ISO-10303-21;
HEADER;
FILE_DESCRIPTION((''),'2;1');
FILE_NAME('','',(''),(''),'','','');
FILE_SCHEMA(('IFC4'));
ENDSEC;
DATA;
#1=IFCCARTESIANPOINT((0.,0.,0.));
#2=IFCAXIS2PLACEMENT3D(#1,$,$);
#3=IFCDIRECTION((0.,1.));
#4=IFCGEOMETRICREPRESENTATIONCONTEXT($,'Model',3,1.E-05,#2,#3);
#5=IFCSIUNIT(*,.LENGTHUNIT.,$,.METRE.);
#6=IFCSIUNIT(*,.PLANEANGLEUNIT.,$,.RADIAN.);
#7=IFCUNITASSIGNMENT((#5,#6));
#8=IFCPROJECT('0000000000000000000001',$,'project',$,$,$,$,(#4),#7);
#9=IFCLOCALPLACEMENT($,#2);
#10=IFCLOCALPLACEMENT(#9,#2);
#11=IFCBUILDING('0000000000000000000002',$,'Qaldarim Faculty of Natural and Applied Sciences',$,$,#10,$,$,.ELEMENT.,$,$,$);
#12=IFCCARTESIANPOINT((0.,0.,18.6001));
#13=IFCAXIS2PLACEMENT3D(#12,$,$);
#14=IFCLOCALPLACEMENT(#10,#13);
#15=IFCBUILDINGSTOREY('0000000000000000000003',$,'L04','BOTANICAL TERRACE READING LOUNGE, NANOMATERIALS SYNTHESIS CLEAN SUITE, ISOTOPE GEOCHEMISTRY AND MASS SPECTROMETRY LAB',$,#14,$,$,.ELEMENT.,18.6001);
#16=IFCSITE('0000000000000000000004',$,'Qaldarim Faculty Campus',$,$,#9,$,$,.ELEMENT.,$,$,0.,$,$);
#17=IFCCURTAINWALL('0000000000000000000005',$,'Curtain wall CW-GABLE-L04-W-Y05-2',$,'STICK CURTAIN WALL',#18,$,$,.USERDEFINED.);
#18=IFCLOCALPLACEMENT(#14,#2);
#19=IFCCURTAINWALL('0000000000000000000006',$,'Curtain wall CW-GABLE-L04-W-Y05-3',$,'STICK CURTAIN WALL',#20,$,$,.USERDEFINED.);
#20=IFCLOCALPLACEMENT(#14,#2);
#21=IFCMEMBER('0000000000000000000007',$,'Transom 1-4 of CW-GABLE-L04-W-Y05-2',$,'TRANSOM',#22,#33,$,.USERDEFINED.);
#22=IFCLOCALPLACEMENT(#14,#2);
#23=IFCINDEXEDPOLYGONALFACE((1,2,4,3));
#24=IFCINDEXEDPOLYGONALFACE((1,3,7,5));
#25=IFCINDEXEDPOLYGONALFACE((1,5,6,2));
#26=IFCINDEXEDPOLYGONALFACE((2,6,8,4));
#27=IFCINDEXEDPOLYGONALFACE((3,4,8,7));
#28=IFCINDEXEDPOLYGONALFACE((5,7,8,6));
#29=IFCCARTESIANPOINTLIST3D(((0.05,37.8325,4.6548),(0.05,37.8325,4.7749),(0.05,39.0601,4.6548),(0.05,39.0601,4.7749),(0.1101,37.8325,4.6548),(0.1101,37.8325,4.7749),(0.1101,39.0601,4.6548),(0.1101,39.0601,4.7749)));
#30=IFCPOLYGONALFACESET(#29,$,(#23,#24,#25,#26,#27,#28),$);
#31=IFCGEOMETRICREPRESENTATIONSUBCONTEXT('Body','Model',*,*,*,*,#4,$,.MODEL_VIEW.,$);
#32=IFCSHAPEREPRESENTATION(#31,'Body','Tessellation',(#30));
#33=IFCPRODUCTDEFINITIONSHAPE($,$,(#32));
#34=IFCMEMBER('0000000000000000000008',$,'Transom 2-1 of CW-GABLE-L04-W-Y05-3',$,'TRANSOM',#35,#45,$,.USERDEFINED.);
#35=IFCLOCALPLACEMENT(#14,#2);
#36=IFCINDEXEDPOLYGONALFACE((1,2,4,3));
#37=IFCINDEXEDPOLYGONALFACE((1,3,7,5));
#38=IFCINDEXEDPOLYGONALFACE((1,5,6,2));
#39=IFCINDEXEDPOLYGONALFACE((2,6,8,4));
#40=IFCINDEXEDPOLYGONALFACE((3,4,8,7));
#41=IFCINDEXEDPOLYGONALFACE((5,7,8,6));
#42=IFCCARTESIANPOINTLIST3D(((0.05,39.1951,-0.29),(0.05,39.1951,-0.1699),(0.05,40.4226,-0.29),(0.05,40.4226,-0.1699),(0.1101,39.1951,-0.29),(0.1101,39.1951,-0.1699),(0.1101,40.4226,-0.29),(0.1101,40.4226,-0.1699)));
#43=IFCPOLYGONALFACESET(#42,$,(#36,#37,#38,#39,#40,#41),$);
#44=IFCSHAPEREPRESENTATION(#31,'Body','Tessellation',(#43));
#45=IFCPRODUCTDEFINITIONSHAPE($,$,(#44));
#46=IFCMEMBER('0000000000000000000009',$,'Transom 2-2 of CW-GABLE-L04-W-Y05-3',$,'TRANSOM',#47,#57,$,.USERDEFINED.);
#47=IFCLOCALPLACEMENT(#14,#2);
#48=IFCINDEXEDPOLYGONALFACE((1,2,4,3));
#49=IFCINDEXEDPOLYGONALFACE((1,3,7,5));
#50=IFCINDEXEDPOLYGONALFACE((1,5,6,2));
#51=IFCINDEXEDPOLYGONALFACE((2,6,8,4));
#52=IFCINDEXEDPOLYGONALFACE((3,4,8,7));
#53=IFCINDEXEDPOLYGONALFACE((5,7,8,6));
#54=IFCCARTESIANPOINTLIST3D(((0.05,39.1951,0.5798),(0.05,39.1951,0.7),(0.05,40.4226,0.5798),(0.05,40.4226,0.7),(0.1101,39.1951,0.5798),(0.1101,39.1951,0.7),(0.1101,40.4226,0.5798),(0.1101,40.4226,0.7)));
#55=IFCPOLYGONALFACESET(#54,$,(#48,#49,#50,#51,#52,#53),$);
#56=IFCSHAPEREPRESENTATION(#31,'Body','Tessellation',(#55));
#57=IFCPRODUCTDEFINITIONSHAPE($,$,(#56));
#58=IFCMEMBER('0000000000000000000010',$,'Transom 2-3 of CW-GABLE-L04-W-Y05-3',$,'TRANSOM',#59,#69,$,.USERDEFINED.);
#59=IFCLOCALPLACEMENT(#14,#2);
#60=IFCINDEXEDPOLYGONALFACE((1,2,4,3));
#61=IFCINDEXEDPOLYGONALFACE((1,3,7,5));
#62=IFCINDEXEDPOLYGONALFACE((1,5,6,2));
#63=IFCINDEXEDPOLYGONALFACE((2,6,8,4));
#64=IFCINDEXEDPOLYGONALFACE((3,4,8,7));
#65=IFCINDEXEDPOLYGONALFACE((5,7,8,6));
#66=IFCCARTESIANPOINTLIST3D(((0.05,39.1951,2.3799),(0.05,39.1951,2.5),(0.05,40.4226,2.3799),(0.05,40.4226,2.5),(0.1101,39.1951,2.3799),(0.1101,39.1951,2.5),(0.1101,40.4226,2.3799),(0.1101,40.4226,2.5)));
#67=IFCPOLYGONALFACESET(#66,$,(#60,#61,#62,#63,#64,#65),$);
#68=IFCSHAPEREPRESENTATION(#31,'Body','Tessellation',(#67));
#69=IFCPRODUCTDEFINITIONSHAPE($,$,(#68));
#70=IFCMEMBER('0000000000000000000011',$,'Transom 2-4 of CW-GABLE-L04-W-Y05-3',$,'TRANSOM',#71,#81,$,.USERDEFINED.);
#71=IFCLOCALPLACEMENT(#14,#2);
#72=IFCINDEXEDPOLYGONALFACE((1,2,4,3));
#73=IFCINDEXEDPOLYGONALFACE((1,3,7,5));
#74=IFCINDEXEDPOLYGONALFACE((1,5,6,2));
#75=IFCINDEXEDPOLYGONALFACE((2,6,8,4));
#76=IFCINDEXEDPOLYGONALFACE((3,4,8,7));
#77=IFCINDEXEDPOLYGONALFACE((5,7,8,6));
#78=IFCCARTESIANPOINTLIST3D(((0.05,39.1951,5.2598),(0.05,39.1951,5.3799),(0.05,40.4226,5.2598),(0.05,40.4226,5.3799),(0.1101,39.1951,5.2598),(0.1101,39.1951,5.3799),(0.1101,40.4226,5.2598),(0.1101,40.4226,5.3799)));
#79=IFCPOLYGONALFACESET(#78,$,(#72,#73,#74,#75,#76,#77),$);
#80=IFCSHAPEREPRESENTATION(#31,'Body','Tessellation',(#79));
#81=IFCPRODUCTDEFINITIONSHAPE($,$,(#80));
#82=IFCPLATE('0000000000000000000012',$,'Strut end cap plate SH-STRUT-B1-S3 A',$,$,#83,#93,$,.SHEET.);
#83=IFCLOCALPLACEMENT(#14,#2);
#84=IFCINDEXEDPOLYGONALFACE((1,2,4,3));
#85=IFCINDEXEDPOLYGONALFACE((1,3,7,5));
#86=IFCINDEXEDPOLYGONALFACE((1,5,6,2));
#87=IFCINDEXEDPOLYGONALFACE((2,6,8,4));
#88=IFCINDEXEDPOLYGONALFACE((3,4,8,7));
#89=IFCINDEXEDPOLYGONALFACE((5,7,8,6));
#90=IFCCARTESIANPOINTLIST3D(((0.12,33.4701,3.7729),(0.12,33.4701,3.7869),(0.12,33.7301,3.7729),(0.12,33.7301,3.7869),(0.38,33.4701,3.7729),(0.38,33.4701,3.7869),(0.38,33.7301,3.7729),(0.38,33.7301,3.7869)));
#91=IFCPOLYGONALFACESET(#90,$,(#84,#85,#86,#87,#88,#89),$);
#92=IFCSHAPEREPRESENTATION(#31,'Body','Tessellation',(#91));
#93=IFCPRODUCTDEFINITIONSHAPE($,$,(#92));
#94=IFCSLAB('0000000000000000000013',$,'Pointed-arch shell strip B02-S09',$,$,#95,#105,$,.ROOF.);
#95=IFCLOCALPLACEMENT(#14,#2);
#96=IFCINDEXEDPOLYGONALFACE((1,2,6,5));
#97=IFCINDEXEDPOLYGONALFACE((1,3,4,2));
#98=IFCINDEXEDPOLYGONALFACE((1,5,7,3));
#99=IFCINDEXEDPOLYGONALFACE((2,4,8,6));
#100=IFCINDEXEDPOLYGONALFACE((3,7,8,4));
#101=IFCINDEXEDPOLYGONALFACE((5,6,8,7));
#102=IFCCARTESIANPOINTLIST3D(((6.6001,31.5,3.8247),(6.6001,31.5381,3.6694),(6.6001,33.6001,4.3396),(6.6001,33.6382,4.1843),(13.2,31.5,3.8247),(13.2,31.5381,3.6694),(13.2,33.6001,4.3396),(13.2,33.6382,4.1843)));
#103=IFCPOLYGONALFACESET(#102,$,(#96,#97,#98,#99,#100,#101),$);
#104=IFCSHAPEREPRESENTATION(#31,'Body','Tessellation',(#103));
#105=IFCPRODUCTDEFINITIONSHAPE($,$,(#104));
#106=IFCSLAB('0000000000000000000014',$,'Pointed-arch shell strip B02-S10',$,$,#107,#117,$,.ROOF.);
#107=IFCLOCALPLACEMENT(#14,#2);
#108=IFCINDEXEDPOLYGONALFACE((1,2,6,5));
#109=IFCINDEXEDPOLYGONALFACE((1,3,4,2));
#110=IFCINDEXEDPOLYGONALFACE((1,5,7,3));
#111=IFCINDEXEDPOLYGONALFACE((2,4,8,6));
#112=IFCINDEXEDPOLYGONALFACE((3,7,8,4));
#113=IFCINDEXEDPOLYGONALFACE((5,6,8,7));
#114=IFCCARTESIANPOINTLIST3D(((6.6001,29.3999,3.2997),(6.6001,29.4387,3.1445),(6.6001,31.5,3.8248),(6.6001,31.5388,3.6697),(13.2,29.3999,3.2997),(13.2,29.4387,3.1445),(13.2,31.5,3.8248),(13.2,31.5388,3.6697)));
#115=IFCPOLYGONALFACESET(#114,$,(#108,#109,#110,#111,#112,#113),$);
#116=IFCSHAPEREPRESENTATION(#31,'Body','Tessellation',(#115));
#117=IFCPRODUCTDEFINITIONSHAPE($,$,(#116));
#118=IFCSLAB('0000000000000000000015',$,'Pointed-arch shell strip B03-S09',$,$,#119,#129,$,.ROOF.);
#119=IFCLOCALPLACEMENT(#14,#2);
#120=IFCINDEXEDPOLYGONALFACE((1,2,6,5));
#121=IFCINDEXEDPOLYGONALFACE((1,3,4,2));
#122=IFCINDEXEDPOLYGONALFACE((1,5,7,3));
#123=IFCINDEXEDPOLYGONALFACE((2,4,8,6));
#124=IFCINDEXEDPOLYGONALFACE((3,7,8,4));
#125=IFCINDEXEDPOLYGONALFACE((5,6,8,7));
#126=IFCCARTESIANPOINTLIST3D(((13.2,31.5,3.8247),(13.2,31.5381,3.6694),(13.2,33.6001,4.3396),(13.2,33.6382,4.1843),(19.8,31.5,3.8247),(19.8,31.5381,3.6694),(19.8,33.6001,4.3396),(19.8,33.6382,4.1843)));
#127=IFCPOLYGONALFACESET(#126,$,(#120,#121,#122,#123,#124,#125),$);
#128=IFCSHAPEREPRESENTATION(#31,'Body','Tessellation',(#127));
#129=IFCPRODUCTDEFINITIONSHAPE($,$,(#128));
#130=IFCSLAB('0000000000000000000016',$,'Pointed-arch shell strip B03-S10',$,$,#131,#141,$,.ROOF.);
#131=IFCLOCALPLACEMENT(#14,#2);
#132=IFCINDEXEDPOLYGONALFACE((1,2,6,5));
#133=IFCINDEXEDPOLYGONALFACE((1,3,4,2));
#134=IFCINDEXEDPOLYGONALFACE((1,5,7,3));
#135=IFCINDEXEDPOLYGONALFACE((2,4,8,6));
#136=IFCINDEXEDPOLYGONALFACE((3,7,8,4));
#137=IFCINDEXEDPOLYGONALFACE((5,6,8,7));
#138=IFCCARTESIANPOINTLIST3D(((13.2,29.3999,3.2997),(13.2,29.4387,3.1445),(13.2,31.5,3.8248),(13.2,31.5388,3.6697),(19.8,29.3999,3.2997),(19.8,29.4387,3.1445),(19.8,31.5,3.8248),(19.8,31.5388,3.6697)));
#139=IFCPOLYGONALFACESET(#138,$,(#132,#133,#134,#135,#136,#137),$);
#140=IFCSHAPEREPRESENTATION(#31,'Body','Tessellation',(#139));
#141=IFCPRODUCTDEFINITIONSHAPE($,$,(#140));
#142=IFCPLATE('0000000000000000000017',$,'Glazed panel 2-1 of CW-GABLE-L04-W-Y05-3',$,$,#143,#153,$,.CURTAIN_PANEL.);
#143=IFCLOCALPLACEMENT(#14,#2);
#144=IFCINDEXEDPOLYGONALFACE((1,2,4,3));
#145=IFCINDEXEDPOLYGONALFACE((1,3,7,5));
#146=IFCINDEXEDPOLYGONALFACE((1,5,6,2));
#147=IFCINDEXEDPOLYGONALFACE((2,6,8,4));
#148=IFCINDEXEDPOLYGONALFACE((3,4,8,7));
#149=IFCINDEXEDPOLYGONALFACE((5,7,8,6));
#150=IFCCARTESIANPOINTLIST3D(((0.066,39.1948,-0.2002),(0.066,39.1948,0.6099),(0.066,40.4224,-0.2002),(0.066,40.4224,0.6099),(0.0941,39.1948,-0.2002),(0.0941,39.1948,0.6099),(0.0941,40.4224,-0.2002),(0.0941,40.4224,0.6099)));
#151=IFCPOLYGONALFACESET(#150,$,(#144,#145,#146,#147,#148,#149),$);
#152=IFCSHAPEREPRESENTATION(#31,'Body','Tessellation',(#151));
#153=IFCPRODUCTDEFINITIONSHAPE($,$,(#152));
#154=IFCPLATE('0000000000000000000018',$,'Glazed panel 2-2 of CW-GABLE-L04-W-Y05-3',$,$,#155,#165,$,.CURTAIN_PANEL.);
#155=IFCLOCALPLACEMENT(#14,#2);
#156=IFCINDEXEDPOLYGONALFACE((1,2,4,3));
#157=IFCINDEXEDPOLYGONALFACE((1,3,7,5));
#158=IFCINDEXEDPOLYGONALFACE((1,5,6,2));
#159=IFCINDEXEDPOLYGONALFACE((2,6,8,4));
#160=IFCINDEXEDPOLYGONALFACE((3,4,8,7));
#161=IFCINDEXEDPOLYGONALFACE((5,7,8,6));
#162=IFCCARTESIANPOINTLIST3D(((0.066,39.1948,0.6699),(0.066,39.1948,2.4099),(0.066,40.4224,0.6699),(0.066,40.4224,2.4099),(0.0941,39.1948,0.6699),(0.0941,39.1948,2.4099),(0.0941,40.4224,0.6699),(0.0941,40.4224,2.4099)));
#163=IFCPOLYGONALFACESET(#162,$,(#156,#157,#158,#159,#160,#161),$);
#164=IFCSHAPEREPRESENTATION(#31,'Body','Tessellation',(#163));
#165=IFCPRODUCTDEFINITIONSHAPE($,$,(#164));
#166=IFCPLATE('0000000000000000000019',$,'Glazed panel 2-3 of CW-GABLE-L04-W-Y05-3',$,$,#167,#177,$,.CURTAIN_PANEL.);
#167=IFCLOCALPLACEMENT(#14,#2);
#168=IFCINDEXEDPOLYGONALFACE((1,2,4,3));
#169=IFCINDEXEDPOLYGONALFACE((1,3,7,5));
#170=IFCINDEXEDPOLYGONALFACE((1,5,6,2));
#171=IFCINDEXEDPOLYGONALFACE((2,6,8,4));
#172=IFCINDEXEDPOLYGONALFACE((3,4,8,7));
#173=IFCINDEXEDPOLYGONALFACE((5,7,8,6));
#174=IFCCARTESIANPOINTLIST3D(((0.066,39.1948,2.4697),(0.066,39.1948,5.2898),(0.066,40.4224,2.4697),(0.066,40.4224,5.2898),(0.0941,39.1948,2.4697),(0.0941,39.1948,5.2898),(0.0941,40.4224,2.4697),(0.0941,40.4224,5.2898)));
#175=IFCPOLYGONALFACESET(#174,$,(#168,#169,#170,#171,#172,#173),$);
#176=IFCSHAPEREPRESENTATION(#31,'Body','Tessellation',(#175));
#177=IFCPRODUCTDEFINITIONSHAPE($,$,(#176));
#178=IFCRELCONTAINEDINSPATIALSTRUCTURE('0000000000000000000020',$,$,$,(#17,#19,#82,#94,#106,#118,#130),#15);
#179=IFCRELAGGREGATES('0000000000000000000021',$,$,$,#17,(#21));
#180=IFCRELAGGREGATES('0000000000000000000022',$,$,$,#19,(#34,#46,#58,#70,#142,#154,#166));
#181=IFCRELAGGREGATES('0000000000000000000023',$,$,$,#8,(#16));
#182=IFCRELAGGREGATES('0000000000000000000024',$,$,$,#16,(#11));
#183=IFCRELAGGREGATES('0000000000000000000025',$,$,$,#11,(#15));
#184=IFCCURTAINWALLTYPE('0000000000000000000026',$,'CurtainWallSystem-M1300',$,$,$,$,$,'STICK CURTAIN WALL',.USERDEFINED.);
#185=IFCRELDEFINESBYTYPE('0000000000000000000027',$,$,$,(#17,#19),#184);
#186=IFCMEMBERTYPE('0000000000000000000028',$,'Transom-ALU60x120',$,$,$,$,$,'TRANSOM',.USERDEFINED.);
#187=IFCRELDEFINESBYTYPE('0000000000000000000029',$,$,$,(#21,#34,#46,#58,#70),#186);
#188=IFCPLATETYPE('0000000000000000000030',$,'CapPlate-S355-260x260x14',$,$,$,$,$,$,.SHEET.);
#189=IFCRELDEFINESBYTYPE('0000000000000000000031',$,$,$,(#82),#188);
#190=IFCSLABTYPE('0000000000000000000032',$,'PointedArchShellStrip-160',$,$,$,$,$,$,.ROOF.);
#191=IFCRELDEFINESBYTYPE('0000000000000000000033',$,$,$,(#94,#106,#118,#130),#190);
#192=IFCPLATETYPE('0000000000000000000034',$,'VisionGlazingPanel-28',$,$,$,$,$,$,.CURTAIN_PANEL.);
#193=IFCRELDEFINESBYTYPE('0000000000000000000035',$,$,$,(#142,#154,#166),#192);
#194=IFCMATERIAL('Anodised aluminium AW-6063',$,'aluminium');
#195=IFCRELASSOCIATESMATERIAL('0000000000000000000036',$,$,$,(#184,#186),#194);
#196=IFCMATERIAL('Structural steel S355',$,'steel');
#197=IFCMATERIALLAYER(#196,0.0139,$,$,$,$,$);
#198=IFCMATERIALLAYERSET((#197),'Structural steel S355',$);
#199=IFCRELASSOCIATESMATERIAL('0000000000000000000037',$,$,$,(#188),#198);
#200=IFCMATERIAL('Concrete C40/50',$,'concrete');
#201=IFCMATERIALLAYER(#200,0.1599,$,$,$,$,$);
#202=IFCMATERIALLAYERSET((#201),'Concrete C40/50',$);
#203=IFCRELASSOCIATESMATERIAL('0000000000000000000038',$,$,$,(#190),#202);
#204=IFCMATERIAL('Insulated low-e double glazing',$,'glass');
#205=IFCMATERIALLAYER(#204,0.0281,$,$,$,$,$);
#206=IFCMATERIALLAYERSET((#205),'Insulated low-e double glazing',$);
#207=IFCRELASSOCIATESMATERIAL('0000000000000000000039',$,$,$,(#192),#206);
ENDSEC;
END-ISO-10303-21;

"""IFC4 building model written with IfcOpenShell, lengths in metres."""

from ifc_helpers import new_model, si_unit, direction, frame, origin, origin_2d, place, context, subcontext, project, spatial, polyline, rectangle, outline, extrude, material, layer, layer_set, material_profile, profile_set, type_object, element, aggregate, save


model = new_model("IFC4")

# Units and contexts
model_context = context("Model", 3, precision=1e-05, world=origin(), true_north=direction((0.0, 1.0)))
body_context = subcontext(model_context, "Body", "Model", "MODEL_VIEW")
ifc_project = project(units=[si_unit("LENGTHUNIT", "METRE"), si_unit("PLANEANGLEUNIT", "RADIAN")], contexts=[model_context])

# Site, building, storey
site_placement = place(None, origin())
site = spatial("IfcSite", under=ifc_project, at=site_placement, Name="Qaldarim Faculty Campus", CompositionType="ELEMENT", RefElevation=0.0)
building_placement = place(site_placement, origin())
building = spatial("IfcBuilding", under=site, at=building_placement, Name="Qaldarim Faculty of Natural and Applied Sciences", CompositionType="ELEMENT")
storey_placement = place(building_placement, frame((0.0, 0.0, 18.6001)))
storey = spatial("IfcBuildingStorey", under=building, at=storey_placement, Name="L04", Description="BOTANICAL TERRACE READING LOUNGE, NANOMATERIALS SYNTHESIS CLEAN SUITE, ISOTOPE GEOCHEMISTRY AND MASS SPECTROMETRY LAB", CompositionType="ELEMENT", Elevation=18.6001)

# Curtain wall
ifc_material_1 = material(Name="Anodised aluminium AW-6063", Category="aluminium")
curtain_wall_type = type_object("IfcCurtainWallType", Name="CurtainWallSystem-M1300", ElementType="STICK CURTAIN WALL", PredefinedType="USERDEFINED", material=ifc_material_1)
curtain_wall_1_placement = place(storey_placement, origin())
curtain_wall_1 = element("IfcCurtainWall", 1, at=curtain_wall_1_placement, inside=storey, type_object=curtain_wall_type, Name="Curtain wall CW-GABLE-L04-W-Y05-2", ObjectType="STICK CURTAIN WALL", PredefinedType="USERDEFINED")

# Curtain wall
curtain_wall_2_placement = place(storey_placement, origin())
curtain_wall_2 = element("IfcCurtainWall", 2, at=curtain_wall_2_placement, inside=storey, type_object=curtain_wall_type, Name="Curtain wall CW-GABLE-L04-W-Y05-3", ObjectType="STICK CURTAIN WALL", PredefinedType="USERDEFINED")

# Members
ifc_material_2 = material(Name="Structural steel S355", Category="steel")
ifc_material_profile_1 = material_profile(ifc_material_1, rectangle(XDim=0.0601, YDim=0.1201, at=origin_2d()), Name="ALU-T60x120")
ifc_profile_set_1 = profile_set([ifc_material_profile_1], Name="Anodised aluminium AW-6063")
member_type_1 = type_object("IfcMemberType", Name="Transom-ALU60x120", ElementType="TRANSOM", PredefinedType="USERDEFINED", material=ifc_profile_set_1)
member_1_placement = place(storey_placement, frame((0.0801, 39.0601, 4.7148), z_axis=(0.0, -1.0, 0.0), x_axis=(1.0, 0.0, 0.0)))
member_1 = element("IfcMember", 3, at=member_1_placement, type_object=member_type_1, Name="Transom 1-4 of CW-GABLE-L04-W-Y05-2", ObjectType="TRANSOM", PredefinedType="USERDEFINED", context=body_context, shape_type="SweptSolid", body=[
    extrude(rectangle(XDim=0.0601, YDim=0.1201, at=origin_2d()), origin(), (0.0, 0.0, 1.0), 1.2275),
])
aggregate(curtain_wall_1, [member_1])
member_2_placement = place(storey_placement, frame((0.0801, 40.4226, -0.23), z_axis=(0.0, -1.0, 0.0), x_axis=(1.0, 0.0, 0.0)))
member_2 = element("IfcMember", 4, at=member_2_placement, type_object=member_type_1, Name="Transom 2-1 of CW-GABLE-L04-W-Y05-3", ObjectType="TRANSOM", PredefinedType="USERDEFINED", context=body_context, shape_type="SweptSolid", body=[
    extrude(rectangle(XDim=0.0601, YDim=0.1201, at=origin_2d()), origin(), (0.0, 0.0, 1.0), 1.2275),
])
member_3_placement = place(storey_placement, frame((0.0801, 40.4226, 0.6399), z_axis=(0.0, -1.0, 0.0), x_axis=(1.0, 0.0, 0.0)))
member_3 = element("IfcMember", 5, at=member_3_placement, type_object=member_type_1, Name="Transom 2-2 of CW-GABLE-L04-W-Y05-3", ObjectType="TRANSOM", PredefinedType="USERDEFINED", context=body_context, shape_type="SweptSolid", body=[
    extrude(rectangle(XDim=0.0601, YDim=0.1201, at=origin_2d()), origin(), (0.0, 0.0, 1.0), 1.2275),
])
member_4_placement = place(storey_placement, frame((0.0801, 40.4226, 2.4399), z_axis=(0.0, -1.0, 0.0), x_axis=(1.0, 0.0, 0.0)))
member_4 = element("IfcMember", 6, at=member_4_placement, type_object=member_type_1, Name="Transom 2-3 of CW-GABLE-L04-W-Y05-3", ObjectType="TRANSOM", PredefinedType="USERDEFINED", context=body_context, shape_type="SweptSolid", body=[
    extrude(rectangle(XDim=0.0601, YDim=0.1201, at=origin_2d()), origin(), (0.0, 0.0, 1.0), 1.2275),
])
member_5_placement = place(storey_placement, frame((0.0801, 40.4226, 5.3198), z_axis=(0.0, -1.0, 0.0), x_axis=(1.0, 0.0, 0.0)))
member_5 = element("IfcMember", 7, at=member_5_placement, type_object=member_type_1, Name="Transom 2-4 of CW-GABLE-L04-W-Y05-3", ObjectType="TRANSOM", PredefinedType="USERDEFINED", context=body_context, shape_type="SweptSolid", body=[
    extrude(rectangle(XDim=0.0601, YDim=0.1201, at=origin_2d()), origin(), (0.0, 0.0, 1.0), 1.2275),
])

# Plate
ifc_layer_1 = layer(ifc_material_2, 0.0139)
ifc_layer_set_1 = layer_set([ifc_layer_1], Name="Structural steel S355")
plate_type_1 = type_object("IfcPlateType", Name="CapPlate-S355-260x260x14", PredefinedType="SHEET", material=ifc_layer_set_1)
plate_1_placement = place(storey_placement, frame((0.25, 33.6001, 3.7729), z_axis=(0.0, 0.0, 1.0), x_axis=(1.0, 0.0, 0.0)))
element("IfcPlate", 8, at=plate_1_placement, inside=storey, type_object=plate_type_1, Name="Strut end cap plate SH-STRUT-B1-S3 A", PredefinedType="SHEET", context=body_context, shape_type="SweptSolid", body=[
    extrude(rectangle(XDim=0.26, YDim=0.26, at=origin_2d()), origin(), (0.0, 0.0, 1.0), 0.0139),
])

# Slabs
ifc_material_3 = material(Name="Concrete C40/50", Category="concrete")
ifc_layer_2 = layer(ifc_material_3, 0.1599)
ifc_layer_set_2 = layer_set([ifc_layer_2], Name="Concrete C40/50")
slab_type = type_object("IfcSlabType", Name="PointedArchShellStrip-160", PredefinedType="ROOF", material=ifc_layer_set_2)
slab_1_placement = place(storey_placement, frame((6.6001, 31.5381, 3.6694), z_axis=(0.0, -0.238123, 0.971235), x_axis=(1.0, 0.0, 0.0)))
element("IfcSlab", 9, at=slab_1_placement, inside=storey, type_object=slab_type, Name="Pointed-arch shell strip B02-S09", PredefinedType="ROOF", context=body_context, shape_type="SweptSolid", body=[
    extrude(outline(polyline([(0.0, 0.0), (6.5999, 0.0), (6.5999, 2.1623), (0.0, 2.1623), (0.0, 0.0)])), origin(), (0.0, 0.0, 1.0), 0.1599),
])
slab_2_placement = place(storey_placement, frame((6.6001, 29.4387, 3.1445), z_axis=(0.0, -0.242589, 0.970129), x_axis=(1.0, 0.0, 0.0)))
element("IfcSlab", 10, at=slab_2_placement, inside=storey, type_object=slab_type, Name="Pointed-arch shell strip B02-S10", PredefinedType="ROOF", context=body_context, shape_type="SweptSolid", body=[
    extrude(outline(polyline([(0.0, 0.0), (6.5999, 0.0), (6.5999, 2.1648), (0.0, 2.1648), (0.0, 0.0)])), origin(), (0.0, 0.0, 1.0), 0.1599),
])
slab_3_placement = place(storey_placement, frame((13.2, 31.5381, 3.6694), z_axis=(0.0, -0.238123, 0.971235), x_axis=(1.0, 0.0, 0.0)))
element("IfcSlab", 11, at=slab_3_placement, inside=storey, type_object=slab_type, Name="Pointed-arch shell strip B03-S09", PredefinedType="ROOF", context=body_context, shape_type="SweptSolid", body=[
    extrude(outline(polyline([(0.0, 0.0), (6.6001, 0.0), (6.6001, 2.1623), (0.0, 2.1623), (0.0, 0.0)])), origin(), (0.0, 0.0, 1.0), 0.1599),
])
slab_4_placement = place(storey_placement, frame((13.2, 29.4387, 3.1445), z_axis=(0.0, -0.242589, 0.970129), x_axis=(1.0, 0.0, 0.0)))
element("IfcSlab", 12, at=slab_4_placement, inside=storey, type_object=slab_type, Name="Pointed-arch shell strip B03-S10", PredefinedType="ROOF", context=body_context, shape_type="SweptSolid", body=[
    extrude(outline(polyline([(0.0, 0.0), (6.6001, 0.0), (6.6001, 2.1648), (0.0, 2.1648), (0.0, 0.0)])), origin(), (0.0, 0.0, 1.0), 0.1599),
])

# Plates
ifc_material_4 = material(Name="Insulated low-e double glazing", Category="glass")
ifc_layer_3 = layer(ifc_material_4, 0.0281)
ifc_layer_set_3 = layer_set([ifc_layer_3], Name="Insulated low-e double glazing")
plate_type_2 = type_object("IfcPlateType", Name="VisionGlazingPanel-28", PredefinedType="CURTAIN_PANEL", material=ifc_layer_set_3)
plate_2_placement = place(storey_placement, frame((0.0801, 39.8086, -0.2002), z_axis=(0.0, 0.0, 1.0), x_axis=(0.0, -1.0, 0.0)))
plate_2 = element("IfcPlate", 13, at=plate_2_placement, type_object=plate_type_2, Name="Glazed panel 2-1 of CW-GABLE-L04-W-Y05-3", PredefinedType="CURTAIN_PANEL", context=body_context, shape_type="SweptSolid", body=[
    extrude(rectangle(XDim=1.2275, YDim=0.0281, at=origin_2d()), origin(), (0.0, 0.0, 1.0), 0.8101),
])
plate_3_placement = place(storey_placement, frame((0.0801, 39.8086, 0.6699), z_axis=(0.0, 0.0, 1.0), x_axis=(0.0, -1.0, 0.0)))
plate_3 = element("IfcPlate", 14, at=plate_3_placement, type_object=plate_type_2, Name="Glazed panel 2-2 of CW-GABLE-L04-W-Y05-3", PredefinedType="CURTAIN_PANEL", context=body_context, shape_type="SweptSolid", body=[
    extrude(rectangle(XDim=1.2275, YDim=0.0281, at=origin_2d()), origin(), (0.0, 0.0, 1.0), 1.74),
])
plate_4_placement = place(storey_placement, frame((0.0801, 39.8086, 2.4697), z_axis=(0.0, 0.0, 1.0), x_axis=(0.0, -1.0, 0.0)))
plate_4 = element("IfcPlate", 15, at=plate_4_placement, type_object=plate_type_2, Name="Glazed panel 2-3 of CW-GABLE-L04-W-Y05-3", PredefinedType="CURTAIN_PANEL", context=body_context, shape_type="SweptSolid", body=[
    extrude(rectangle(XDim=1.2275, YDim=0.0281, at=origin_2d()), origin(), (0.0, 0.0, 1.0), 2.8201),
])
aggregate(curtain_wall_2, [member_2, member_3, member_4, member_5, plate_2, plate_3, plate_4])

save(model, "model.ifc")
